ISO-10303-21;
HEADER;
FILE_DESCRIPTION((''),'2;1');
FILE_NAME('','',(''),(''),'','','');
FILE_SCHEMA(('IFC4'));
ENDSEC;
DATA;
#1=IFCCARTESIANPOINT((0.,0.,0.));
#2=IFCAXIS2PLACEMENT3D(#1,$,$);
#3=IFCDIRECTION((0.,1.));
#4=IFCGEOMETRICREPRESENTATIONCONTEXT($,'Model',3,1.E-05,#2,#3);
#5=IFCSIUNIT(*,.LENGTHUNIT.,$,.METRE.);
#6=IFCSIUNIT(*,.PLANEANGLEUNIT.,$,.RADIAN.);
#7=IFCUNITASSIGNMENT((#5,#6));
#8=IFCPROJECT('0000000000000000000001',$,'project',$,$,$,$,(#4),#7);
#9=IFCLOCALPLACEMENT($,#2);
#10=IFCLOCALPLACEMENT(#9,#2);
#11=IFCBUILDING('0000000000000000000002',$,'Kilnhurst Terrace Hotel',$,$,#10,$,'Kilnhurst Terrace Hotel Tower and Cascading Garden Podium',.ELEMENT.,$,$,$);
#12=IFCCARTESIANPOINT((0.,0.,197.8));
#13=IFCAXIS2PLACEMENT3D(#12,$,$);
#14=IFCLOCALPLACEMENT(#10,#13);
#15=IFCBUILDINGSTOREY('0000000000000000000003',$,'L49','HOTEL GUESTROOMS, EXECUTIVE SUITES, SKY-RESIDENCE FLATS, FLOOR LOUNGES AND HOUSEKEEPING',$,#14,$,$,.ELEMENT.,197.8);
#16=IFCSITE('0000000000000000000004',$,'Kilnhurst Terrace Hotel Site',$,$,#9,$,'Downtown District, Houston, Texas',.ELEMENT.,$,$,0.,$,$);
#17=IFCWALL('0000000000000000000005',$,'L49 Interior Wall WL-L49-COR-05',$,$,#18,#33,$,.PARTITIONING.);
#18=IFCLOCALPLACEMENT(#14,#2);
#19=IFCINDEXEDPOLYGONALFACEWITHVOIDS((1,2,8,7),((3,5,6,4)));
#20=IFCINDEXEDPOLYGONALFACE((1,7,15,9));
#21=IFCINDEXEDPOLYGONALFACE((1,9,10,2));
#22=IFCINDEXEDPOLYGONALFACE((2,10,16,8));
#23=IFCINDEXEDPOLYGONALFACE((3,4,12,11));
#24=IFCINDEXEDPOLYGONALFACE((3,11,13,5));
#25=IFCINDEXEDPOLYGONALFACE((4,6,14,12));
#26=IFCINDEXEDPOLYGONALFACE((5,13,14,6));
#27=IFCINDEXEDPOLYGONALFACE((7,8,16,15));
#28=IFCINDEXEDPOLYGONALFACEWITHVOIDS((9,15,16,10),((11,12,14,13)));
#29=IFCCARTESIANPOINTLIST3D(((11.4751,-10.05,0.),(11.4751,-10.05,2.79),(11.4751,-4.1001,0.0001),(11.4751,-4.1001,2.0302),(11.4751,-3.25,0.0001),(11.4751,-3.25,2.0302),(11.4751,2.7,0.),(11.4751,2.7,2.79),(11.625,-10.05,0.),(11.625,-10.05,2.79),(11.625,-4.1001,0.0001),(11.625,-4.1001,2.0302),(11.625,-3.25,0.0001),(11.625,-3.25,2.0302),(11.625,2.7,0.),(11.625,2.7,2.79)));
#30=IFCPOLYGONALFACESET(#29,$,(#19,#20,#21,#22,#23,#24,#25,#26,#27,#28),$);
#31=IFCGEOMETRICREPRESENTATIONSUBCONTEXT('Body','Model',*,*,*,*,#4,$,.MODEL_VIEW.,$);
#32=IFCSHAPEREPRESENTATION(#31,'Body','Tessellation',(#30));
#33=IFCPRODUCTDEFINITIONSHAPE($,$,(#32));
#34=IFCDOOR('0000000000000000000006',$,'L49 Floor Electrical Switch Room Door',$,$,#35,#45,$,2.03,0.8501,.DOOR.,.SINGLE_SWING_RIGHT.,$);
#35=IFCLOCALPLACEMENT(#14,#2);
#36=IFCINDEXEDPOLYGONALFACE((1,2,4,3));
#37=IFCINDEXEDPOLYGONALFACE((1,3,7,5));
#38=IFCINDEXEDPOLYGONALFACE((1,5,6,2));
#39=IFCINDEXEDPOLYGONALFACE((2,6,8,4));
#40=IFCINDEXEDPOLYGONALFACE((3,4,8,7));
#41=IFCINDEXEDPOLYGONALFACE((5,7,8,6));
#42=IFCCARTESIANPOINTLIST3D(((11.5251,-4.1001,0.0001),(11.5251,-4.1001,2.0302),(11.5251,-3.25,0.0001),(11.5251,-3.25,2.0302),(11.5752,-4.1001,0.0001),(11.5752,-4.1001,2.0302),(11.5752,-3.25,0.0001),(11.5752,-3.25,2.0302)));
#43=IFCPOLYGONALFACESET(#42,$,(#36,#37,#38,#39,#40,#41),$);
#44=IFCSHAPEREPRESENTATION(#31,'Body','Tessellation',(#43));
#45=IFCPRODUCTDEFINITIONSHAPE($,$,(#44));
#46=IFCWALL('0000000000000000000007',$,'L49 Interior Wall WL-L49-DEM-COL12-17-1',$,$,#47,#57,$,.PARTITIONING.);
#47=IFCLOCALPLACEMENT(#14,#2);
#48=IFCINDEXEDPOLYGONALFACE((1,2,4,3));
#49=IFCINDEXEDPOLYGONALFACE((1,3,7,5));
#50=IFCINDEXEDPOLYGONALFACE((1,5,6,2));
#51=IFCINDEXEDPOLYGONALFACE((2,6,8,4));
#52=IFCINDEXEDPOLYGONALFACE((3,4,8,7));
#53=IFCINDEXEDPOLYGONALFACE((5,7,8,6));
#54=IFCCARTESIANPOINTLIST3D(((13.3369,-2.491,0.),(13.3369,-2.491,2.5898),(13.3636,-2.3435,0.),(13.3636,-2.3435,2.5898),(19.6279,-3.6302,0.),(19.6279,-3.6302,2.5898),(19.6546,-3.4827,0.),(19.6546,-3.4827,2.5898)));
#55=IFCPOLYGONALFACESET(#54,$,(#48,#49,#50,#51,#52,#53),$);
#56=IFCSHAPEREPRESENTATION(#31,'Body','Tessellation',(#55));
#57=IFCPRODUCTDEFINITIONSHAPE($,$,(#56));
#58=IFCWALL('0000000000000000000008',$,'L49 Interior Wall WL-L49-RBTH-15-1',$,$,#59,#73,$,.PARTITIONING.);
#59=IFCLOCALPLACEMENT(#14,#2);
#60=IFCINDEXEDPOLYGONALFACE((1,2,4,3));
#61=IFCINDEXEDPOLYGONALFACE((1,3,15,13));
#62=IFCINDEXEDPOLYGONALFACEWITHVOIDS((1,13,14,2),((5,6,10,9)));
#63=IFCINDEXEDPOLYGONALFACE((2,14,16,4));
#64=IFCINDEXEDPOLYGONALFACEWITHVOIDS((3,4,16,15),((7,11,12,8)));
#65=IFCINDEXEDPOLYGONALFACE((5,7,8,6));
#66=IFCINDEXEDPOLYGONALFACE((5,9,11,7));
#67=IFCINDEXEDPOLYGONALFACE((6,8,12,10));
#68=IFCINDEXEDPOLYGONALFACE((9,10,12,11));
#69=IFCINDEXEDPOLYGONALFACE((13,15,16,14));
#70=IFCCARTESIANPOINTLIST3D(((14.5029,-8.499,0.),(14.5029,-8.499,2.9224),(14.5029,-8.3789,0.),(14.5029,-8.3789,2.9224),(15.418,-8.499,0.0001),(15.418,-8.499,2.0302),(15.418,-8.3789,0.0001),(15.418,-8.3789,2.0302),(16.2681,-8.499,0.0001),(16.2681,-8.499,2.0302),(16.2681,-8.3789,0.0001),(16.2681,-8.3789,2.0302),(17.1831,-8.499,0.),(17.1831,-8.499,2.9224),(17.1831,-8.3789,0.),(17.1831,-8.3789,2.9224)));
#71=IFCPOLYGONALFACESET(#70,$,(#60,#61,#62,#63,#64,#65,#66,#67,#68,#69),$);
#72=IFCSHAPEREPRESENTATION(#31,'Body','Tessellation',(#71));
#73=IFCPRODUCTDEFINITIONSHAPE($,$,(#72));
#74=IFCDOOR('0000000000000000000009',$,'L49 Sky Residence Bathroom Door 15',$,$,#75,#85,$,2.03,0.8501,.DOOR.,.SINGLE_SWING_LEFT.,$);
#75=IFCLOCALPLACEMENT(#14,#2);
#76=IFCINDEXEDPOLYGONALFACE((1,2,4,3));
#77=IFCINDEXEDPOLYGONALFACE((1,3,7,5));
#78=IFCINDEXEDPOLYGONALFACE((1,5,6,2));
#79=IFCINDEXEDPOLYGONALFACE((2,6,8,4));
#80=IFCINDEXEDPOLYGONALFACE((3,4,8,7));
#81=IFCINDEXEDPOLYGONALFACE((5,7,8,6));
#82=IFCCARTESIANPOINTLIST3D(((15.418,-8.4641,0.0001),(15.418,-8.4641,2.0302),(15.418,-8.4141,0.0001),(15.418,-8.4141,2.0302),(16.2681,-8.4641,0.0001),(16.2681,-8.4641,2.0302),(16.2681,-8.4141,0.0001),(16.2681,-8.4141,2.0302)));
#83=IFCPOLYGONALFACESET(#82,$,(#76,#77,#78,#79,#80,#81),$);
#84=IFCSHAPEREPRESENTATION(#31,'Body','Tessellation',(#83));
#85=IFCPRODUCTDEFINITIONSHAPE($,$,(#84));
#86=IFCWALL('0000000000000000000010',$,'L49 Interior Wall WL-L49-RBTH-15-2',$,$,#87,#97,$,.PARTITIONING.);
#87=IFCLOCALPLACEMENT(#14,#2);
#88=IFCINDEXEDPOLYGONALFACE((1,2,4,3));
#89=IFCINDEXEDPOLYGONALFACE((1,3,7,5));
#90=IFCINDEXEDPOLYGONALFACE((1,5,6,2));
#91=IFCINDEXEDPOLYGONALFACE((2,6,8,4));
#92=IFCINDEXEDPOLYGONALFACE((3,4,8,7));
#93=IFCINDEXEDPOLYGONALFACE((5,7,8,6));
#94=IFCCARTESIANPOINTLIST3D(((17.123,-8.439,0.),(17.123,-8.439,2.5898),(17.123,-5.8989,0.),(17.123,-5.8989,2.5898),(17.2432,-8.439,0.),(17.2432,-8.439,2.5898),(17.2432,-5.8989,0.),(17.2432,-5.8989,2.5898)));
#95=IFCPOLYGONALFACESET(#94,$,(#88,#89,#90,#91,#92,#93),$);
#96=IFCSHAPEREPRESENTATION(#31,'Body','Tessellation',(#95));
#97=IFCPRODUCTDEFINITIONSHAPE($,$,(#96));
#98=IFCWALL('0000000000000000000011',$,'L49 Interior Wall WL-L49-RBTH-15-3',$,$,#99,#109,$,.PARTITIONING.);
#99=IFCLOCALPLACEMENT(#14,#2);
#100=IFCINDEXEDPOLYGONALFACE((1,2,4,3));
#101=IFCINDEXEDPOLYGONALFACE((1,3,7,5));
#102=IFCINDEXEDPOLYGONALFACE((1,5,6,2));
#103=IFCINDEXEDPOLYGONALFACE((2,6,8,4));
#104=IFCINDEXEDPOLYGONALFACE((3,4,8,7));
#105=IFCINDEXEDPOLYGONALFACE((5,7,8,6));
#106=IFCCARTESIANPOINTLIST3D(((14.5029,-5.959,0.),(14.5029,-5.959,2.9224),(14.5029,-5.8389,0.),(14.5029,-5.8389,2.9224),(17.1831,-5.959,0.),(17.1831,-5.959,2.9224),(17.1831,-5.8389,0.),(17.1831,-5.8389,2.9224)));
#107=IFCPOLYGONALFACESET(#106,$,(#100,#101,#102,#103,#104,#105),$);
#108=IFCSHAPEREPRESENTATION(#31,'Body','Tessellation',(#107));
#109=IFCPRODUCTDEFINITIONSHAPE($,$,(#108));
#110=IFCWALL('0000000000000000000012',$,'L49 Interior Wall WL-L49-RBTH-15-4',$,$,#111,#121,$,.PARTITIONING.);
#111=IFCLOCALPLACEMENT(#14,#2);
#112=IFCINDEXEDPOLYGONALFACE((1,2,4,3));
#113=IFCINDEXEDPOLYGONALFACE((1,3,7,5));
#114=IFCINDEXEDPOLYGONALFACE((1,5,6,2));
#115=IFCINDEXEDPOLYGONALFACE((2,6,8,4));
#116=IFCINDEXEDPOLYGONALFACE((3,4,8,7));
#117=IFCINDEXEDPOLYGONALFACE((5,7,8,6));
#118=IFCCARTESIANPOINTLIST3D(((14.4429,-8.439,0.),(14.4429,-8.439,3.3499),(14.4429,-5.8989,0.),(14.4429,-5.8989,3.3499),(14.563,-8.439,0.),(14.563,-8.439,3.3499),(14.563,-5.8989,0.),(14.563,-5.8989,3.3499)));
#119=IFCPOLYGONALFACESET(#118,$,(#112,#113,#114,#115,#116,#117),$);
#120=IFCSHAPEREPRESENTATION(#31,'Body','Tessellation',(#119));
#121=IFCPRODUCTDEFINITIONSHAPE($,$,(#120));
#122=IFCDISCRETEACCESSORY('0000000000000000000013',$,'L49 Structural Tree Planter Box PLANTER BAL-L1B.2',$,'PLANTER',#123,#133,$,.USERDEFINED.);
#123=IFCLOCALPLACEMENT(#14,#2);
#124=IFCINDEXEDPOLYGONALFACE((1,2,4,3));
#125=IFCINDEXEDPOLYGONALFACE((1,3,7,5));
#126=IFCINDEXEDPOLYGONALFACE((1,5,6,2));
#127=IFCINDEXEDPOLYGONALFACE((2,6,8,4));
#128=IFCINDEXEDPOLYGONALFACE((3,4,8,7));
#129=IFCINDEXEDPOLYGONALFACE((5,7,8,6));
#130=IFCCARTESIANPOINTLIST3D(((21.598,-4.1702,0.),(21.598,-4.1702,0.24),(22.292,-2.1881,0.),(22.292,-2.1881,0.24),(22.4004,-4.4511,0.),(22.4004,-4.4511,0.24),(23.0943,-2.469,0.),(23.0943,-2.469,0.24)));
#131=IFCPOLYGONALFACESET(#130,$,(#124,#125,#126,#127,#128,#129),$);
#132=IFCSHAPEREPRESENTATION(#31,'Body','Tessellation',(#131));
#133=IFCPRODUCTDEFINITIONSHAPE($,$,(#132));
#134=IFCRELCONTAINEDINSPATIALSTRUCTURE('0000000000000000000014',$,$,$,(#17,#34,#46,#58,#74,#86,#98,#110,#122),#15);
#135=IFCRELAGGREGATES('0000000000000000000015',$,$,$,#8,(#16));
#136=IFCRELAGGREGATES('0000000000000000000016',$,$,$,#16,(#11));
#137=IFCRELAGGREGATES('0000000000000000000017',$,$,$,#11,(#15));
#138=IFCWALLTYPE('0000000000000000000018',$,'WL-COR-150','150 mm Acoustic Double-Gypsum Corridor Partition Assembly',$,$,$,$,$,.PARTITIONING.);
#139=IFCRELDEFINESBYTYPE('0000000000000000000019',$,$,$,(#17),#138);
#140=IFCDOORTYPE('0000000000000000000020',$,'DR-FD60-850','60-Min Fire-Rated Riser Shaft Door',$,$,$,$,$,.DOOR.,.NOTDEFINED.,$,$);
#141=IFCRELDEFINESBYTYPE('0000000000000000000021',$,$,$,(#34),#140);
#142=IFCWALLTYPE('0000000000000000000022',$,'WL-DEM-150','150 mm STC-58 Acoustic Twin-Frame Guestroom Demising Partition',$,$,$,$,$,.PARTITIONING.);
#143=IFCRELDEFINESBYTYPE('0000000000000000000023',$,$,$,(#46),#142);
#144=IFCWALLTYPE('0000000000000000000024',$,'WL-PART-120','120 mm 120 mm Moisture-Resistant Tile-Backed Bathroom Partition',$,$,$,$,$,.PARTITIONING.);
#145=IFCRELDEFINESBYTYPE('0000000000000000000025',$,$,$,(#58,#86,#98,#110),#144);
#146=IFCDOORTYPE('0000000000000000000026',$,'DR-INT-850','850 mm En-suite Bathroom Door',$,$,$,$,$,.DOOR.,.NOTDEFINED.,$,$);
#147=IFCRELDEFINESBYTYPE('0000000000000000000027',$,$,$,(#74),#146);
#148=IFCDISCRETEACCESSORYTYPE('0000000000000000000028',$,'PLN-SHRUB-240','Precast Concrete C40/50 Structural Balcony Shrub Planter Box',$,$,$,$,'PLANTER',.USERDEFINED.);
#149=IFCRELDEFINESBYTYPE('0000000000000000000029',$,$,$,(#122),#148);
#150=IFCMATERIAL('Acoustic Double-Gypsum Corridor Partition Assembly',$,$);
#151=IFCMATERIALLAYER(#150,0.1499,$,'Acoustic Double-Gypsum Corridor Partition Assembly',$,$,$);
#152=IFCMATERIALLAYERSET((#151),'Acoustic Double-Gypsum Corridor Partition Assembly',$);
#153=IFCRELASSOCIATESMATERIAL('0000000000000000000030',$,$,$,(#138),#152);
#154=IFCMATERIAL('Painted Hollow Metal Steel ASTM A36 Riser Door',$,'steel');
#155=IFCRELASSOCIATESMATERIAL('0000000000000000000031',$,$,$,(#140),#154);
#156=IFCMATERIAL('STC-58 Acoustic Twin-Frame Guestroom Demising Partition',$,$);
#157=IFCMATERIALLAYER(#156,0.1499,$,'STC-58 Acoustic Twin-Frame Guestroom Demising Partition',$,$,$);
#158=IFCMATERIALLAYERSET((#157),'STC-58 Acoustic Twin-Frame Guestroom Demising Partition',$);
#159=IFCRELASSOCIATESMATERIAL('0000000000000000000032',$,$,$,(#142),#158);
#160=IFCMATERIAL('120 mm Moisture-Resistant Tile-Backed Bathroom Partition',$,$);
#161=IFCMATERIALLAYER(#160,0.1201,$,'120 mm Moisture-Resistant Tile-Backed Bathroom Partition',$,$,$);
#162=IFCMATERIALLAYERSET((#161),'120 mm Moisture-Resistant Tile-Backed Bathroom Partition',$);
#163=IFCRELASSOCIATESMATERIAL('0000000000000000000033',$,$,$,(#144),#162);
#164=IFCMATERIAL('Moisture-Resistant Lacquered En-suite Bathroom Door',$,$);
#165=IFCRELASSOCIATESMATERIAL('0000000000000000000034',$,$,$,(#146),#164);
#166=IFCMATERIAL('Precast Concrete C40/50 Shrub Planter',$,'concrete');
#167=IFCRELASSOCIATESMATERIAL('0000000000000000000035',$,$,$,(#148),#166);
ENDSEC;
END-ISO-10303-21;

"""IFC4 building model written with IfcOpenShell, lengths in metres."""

from ifc_helpers import new_model, si_unit, direction, frame, frame_2d, origin, origin_2d, place, context, subcontext, project, spatial, rectangle, extrude, material, layer, layer_set, type_object, element, fill, save


model = new_model("IFC4")

# Units and contexts
model_context = context("Model", 3, precision=1e-05, world=origin(), true_north=direction((0.0, 1.0)))
body_context = subcontext(model_context, "Body", "Model", "MODEL_VIEW")
ifc_project = project(units=[si_unit("LENGTHUNIT", "METRE"), si_unit("PLANEANGLEUNIT", "RADIAN")], contexts=[model_context])

# Site, building, storey
site_placement = place(None, origin())
site = spatial("IfcSite", under=ifc_project, at=site_placement, Name="Kilnhurst Terrace Hotel Site", LongName="Downtown District, Houston, Texas", CompositionType="ELEMENT", RefElevation=0.0)
building_placement = place(site_placement, origin())
building = spatial("IfcBuilding", under=site, at=building_placement, Name="Kilnhurst Terrace Hotel", LongName="Kilnhurst Terrace Hotel Tower and Cascading Garden Podium", CompositionType="ELEMENT")
storey_placement = place(building_placement, frame((0.0, 0.0, 197.8)))
storey = spatial("IfcBuildingStorey", under=building, at=storey_placement, Name="L49", Description="HOTEL GUESTROOMS, EXECUTIVE SUITES, SKY-RESIDENCE FLATS, FLOOR LOUNGES AND HOUSEKEEPING", CompositionType="ELEMENT", Elevation=197.8)

# Wall, opening, door
ifc_material_1 = material(Name="Acoustic Double-Gypsum Corridor Partition Assembly")
ifc_layer_1 = layer(ifc_material_1, 0.1499, Name="Acoustic Double-Gypsum Corridor Partition Assembly")
ifc_layer_set_1 = layer_set([ifc_layer_1], Name="Acoustic Double-Gypsum Corridor Partition Assembly")
wall_type_1 = type_object("IfcWallType", Name="WL-COR-150", Description="150 mm Acoustic Double-Gypsum Corridor Partition Assembly", PredefinedType="PARTITIONING", material=ifc_layer_set_1)
wall_1_placement = place(storey_placement, frame((11.55, -10.05, 0.0), z_axis=(0.0, 0.0, 1.0), x_axis=(0.0, 1.0, 0.0)))
wall_1 = element("IfcWall", 1, at=wall_1_placement, inside=storey, type_object=wall_type_1, Name="L49 Interior Wall WL-L49-COR-05", PredefinedType="PARTITIONING", context=body_context, shape_type="SweptSolid", body=[
    extrude(rectangle(XDim=12.75, YDim=0.1499, at=frame_2d((6.375, 0.0))), origin(), (0.0, 0.0, 1.0), 2.79),
])
opening_1_placement = place(wall_1_placement, frame((5.95, 0.0, 0.0)))
opening_1 = element("IfcOpeningElement", 2, at=opening_1_placement, cuts=wall_1, PredefinedType="OPENING", context=body_context, shape_type="SweptSolid", body=[
    extrude(rectangle(XDim=0.8501, YDim=2.03, at=frame_2d((0.425, 1.0151))), frame((0.0, 0.085, 0.0), z_axis=(0.0, -1.0, 0.0), x_axis=(1.0, 0.0, 0.0)), (0.0, 0.0, 1.0), 0.1699),
])
ifc_material_2 = material(Name="Painted Hollow Metal Steel ASTM A36 Riser Door", Category="steel")
door_type_1 = type_object("IfcDoorType", Name="DR-FD60-850", Description="60-Min Fire-Rated Riser Shaft Door", OperationType="NOTDEFINED", PredefinedType="DOOR", material=ifc_material_2)
door_1_placement = place(opening_1_placement, origin())
door_1 = element("IfcDoor", 3, at=door_1_placement, inside=storey, type_object=door_type_1, Name="L49 Floor Electrical Switch Room Door", OperationType="SINGLE_SWING_RIGHT", OverallHeight=2.03, OverallWidth=0.8501, PredefinedType="DOOR", context=body_context, shape_type="SweptSolid", body=[
    extrude(rectangle(XDim=0.8501, YDim=2.03, at=frame_2d((0.425, 1.0151))), frame((0.0, 0.0249, 0.0), z_axis=(0.0, -1.0, 0.0), x_axis=(1.0, 0.0, 0.0)), (0.0, 0.0, 1.0), 0.05),
])
fill(opening_1, door_1)

# Wall
ifc_material_3 = material(Name="STC-58 Acoustic Twin-Frame Guestroom Demising Partition")
ifc_layer_2 = layer(ifc_material_3, 0.1499, Name="STC-58 Acoustic Twin-Frame Guestroom Demising Partition")
ifc_layer_set_2 = layer_set([ifc_layer_2], Name="STC-58 Acoustic Twin-Frame Guestroom Demising Partition")
wall_type_2 = type_object("IfcWallType", Name="WL-DEM-150", Description="150 mm STC-58 Acoustic Twin-Frame Guestroom Demising Partition", PredefinedType="PARTITIONING", material=ifc_layer_set_2)
wall_2_placement = place(storey_placement, frame((13.3501, -2.4172, 0.0), z_axis=(0.0, 0.0, 1.0), x_axis=(0.983998, -0.17818, 0.0)))
element("IfcWall", 4, at=wall_2_placement, inside=storey, type_object=wall_type_2, Name="L49 Interior Wall WL-L49-DEM-COL12-17-1", PredefinedType="PARTITIONING", context=body_context, shape_type="SweptSolid", body=[
    extrude(rectangle(XDim=6.3933, YDim=0.1499, at=frame_2d((3.1968, 0.0))), origin(), (0.0, 0.0, 1.0), 2.5898),
])

# Wall, opening, door
ifc_material_4 = material(Name="120 mm Moisture-Resistant Tile-Backed Bathroom Partition")
ifc_layer_3 = layer(ifc_material_4, 0.1201, Name="120 mm Moisture-Resistant Tile-Backed Bathroom Partition")
ifc_layer_set_3 = layer_set([ifc_layer_3], Name="120 mm Moisture-Resistant Tile-Backed Bathroom Partition")
wall_type_3 = type_object("IfcWallType", Name="WL-PART-120", Description="120 mm 120 mm Moisture-Resistant Tile-Backed Bathroom Partition", PredefinedType="PARTITIONING", material=ifc_layer_set_3)
wall_3_placement = place(storey_placement, frame((14.5029, -8.439, 0.0), z_axis=(0.0, 0.0, 1.0), x_axis=(1.0, 0.0, 0.0)))
wall_3 = element("IfcWall", 5, at=wall_3_placement, inside=storey, type_object=wall_type_3, Name="L49 Interior Wall WL-L49-RBTH-15-1", PredefinedType="PARTITIONING", context=body_context, shape_type="SweptSolid", body=[
    extrude(rectangle(XDim=2.6802, YDim=0.1201, at=frame_2d((1.3401, 0.0))), origin(), (0.0, 0.0, 1.0), 2.9224),
])
opening_2_placement = place(wall_3_placement, frame((0.915, 0.0, 0.0)))
opening_2 = element("IfcOpeningElement", 6, at=opening_2_placement, cuts=wall_3, PredefinedType="OPENING", context=body_context, shape_type="SweptSolid", body=[
    extrude(rectangle(XDim=0.8501, YDim=2.03, at=frame_2d((0.425, 1.0151))), frame((0.0, 0.0701, 0.0), z_axis=(0.0, -1.0, 0.0), x_axis=(1.0, 0.0, 0.0)), (0.0, 0.0, 1.0), 0.1401),
])
ifc_material_5 = material(Name="Moisture-Resistant Lacquered En-suite Bathroom Door")
door_type_2 = type_object("IfcDoorType", Name="DR-INT-850", Description="850 mm En-suite Bathroom Door", OperationType="NOTDEFINED", PredefinedType="DOOR", material=ifc_material_5)
door_2_placement = place(opening_2_placement, origin())
door_2 = element("IfcDoor", 7, at=door_2_placement, inside=storey, type_object=door_type_2, Name="L49 Sky Residence Bathroom Door 15", OperationType="SINGLE_SWING_LEFT", OverallHeight=2.03, OverallWidth=0.8501, PredefinedType="DOOR", context=body_context, shape_type="SweptSolid", body=[
    extrude(rectangle(XDim=0.8501, YDim=2.03, at=frame_2d((0.425, 1.0151))), frame((0.0, 0.0249, 0.0), z_axis=(0.0, -1.0, 0.0), x_axis=(1.0, 0.0, 0.0)), (0.0, 0.0, 1.0), 0.05),
])
fill(opening_2, door_2)

# Walls
wall_4_placement = place(storey_placement, frame((17.1831, -8.439, 0.0), z_axis=(0.0, 0.0, 1.0), x_axis=(0.0, 1.0, 0.0)))
element("IfcWall", 8, at=wall_4_placement, inside=storey, type_object=wall_type_3, Name="L49 Interior Wall WL-L49-RBTH-15-2", PredefinedType="PARTITIONING", context=body_context, shape_type="SweptSolid", body=[
    extrude(rectangle(XDim=2.54, YDim=0.1201, at=frame_2d((1.27, 0.0))), origin(), (0.0, 0.0, 1.0), 2.5898),
])
wall_5_placement = place(storey_placement, frame((17.1831, -5.8989, 0.0), z_axis=(0.0, 0.0, 1.0), x_axis=(-1.0, 0.0, 0.0)))
element("IfcWall", 9, at=wall_5_placement, inside=storey, type_object=wall_type_3, Name="L49 Interior Wall WL-L49-RBTH-15-3", PredefinedType="PARTITIONING", context=body_context, shape_type="SweptSolid", body=[
    extrude(rectangle(XDim=2.6802, YDim=0.1201, at=frame_2d((1.3401, 0.0))), origin(), (0.0, 0.0, 1.0), 2.9224),
])
wall_6_placement = place(storey_placement, frame((14.5029, -5.8989, 0.0), z_axis=(0.0, 0.0, 1.0), x_axis=(0.0, -1.0, 0.0)))
element("IfcWall", 10, at=wall_6_placement, inside=storey, type_object=wall_type_3, Name="L49 Interior Wall WL-L49-RBTH-15-4", PredefinedType="PARTITIONING", context=body_context, shape_type="SweptSolid", body=[
    extrude(rectangle(XDim=2.54, YDim=0.1201, at=frame_2d((1.27, 0.0))), origin(), (0.0, 0.0, 1.0), 3.3499),
])

# Discrete accessory
ifc_material_6 = material(Name="Precast Concrete C40/50 Shrub Planter", Category="concrete")
discrete_accessory_type = type_object("IfcDiscreteAccessoryType", Name="PLN-SHRUB-240", Description="Precast Concrete C40/50 Structural Balcony Shrub Planter Box", ElementType="PLANTER", PredefinedType="USERDEFINED", material=ifc_material_6)
discrete_accessory_placement = place(storey_placement, frame((22.3462, -3.3196, 0.0), z_axis=(0.0, 0.0, 1.0), x_axis=(0.330432, 0.94383, 0.0)))
element("IfcDiscreteAccessory", 11, at=discrete_accessory_placement, inside=storey, type_object=discrete_accessory_type, Name="L49 Structural Tree Planter Box PLANTER BAL-L1B.2", ObjectType="PLANTER", PredefinedType="USERDEFINED", context=body_context, shape_type="SweptSolid", body=[
    extrude(rectangle(XDim=2.1001, YDim=0.8501, at=origin_2d()), origin(), (0.0, 0.0, 1.0), 0.24),
])

save(model, "model.ifc")
